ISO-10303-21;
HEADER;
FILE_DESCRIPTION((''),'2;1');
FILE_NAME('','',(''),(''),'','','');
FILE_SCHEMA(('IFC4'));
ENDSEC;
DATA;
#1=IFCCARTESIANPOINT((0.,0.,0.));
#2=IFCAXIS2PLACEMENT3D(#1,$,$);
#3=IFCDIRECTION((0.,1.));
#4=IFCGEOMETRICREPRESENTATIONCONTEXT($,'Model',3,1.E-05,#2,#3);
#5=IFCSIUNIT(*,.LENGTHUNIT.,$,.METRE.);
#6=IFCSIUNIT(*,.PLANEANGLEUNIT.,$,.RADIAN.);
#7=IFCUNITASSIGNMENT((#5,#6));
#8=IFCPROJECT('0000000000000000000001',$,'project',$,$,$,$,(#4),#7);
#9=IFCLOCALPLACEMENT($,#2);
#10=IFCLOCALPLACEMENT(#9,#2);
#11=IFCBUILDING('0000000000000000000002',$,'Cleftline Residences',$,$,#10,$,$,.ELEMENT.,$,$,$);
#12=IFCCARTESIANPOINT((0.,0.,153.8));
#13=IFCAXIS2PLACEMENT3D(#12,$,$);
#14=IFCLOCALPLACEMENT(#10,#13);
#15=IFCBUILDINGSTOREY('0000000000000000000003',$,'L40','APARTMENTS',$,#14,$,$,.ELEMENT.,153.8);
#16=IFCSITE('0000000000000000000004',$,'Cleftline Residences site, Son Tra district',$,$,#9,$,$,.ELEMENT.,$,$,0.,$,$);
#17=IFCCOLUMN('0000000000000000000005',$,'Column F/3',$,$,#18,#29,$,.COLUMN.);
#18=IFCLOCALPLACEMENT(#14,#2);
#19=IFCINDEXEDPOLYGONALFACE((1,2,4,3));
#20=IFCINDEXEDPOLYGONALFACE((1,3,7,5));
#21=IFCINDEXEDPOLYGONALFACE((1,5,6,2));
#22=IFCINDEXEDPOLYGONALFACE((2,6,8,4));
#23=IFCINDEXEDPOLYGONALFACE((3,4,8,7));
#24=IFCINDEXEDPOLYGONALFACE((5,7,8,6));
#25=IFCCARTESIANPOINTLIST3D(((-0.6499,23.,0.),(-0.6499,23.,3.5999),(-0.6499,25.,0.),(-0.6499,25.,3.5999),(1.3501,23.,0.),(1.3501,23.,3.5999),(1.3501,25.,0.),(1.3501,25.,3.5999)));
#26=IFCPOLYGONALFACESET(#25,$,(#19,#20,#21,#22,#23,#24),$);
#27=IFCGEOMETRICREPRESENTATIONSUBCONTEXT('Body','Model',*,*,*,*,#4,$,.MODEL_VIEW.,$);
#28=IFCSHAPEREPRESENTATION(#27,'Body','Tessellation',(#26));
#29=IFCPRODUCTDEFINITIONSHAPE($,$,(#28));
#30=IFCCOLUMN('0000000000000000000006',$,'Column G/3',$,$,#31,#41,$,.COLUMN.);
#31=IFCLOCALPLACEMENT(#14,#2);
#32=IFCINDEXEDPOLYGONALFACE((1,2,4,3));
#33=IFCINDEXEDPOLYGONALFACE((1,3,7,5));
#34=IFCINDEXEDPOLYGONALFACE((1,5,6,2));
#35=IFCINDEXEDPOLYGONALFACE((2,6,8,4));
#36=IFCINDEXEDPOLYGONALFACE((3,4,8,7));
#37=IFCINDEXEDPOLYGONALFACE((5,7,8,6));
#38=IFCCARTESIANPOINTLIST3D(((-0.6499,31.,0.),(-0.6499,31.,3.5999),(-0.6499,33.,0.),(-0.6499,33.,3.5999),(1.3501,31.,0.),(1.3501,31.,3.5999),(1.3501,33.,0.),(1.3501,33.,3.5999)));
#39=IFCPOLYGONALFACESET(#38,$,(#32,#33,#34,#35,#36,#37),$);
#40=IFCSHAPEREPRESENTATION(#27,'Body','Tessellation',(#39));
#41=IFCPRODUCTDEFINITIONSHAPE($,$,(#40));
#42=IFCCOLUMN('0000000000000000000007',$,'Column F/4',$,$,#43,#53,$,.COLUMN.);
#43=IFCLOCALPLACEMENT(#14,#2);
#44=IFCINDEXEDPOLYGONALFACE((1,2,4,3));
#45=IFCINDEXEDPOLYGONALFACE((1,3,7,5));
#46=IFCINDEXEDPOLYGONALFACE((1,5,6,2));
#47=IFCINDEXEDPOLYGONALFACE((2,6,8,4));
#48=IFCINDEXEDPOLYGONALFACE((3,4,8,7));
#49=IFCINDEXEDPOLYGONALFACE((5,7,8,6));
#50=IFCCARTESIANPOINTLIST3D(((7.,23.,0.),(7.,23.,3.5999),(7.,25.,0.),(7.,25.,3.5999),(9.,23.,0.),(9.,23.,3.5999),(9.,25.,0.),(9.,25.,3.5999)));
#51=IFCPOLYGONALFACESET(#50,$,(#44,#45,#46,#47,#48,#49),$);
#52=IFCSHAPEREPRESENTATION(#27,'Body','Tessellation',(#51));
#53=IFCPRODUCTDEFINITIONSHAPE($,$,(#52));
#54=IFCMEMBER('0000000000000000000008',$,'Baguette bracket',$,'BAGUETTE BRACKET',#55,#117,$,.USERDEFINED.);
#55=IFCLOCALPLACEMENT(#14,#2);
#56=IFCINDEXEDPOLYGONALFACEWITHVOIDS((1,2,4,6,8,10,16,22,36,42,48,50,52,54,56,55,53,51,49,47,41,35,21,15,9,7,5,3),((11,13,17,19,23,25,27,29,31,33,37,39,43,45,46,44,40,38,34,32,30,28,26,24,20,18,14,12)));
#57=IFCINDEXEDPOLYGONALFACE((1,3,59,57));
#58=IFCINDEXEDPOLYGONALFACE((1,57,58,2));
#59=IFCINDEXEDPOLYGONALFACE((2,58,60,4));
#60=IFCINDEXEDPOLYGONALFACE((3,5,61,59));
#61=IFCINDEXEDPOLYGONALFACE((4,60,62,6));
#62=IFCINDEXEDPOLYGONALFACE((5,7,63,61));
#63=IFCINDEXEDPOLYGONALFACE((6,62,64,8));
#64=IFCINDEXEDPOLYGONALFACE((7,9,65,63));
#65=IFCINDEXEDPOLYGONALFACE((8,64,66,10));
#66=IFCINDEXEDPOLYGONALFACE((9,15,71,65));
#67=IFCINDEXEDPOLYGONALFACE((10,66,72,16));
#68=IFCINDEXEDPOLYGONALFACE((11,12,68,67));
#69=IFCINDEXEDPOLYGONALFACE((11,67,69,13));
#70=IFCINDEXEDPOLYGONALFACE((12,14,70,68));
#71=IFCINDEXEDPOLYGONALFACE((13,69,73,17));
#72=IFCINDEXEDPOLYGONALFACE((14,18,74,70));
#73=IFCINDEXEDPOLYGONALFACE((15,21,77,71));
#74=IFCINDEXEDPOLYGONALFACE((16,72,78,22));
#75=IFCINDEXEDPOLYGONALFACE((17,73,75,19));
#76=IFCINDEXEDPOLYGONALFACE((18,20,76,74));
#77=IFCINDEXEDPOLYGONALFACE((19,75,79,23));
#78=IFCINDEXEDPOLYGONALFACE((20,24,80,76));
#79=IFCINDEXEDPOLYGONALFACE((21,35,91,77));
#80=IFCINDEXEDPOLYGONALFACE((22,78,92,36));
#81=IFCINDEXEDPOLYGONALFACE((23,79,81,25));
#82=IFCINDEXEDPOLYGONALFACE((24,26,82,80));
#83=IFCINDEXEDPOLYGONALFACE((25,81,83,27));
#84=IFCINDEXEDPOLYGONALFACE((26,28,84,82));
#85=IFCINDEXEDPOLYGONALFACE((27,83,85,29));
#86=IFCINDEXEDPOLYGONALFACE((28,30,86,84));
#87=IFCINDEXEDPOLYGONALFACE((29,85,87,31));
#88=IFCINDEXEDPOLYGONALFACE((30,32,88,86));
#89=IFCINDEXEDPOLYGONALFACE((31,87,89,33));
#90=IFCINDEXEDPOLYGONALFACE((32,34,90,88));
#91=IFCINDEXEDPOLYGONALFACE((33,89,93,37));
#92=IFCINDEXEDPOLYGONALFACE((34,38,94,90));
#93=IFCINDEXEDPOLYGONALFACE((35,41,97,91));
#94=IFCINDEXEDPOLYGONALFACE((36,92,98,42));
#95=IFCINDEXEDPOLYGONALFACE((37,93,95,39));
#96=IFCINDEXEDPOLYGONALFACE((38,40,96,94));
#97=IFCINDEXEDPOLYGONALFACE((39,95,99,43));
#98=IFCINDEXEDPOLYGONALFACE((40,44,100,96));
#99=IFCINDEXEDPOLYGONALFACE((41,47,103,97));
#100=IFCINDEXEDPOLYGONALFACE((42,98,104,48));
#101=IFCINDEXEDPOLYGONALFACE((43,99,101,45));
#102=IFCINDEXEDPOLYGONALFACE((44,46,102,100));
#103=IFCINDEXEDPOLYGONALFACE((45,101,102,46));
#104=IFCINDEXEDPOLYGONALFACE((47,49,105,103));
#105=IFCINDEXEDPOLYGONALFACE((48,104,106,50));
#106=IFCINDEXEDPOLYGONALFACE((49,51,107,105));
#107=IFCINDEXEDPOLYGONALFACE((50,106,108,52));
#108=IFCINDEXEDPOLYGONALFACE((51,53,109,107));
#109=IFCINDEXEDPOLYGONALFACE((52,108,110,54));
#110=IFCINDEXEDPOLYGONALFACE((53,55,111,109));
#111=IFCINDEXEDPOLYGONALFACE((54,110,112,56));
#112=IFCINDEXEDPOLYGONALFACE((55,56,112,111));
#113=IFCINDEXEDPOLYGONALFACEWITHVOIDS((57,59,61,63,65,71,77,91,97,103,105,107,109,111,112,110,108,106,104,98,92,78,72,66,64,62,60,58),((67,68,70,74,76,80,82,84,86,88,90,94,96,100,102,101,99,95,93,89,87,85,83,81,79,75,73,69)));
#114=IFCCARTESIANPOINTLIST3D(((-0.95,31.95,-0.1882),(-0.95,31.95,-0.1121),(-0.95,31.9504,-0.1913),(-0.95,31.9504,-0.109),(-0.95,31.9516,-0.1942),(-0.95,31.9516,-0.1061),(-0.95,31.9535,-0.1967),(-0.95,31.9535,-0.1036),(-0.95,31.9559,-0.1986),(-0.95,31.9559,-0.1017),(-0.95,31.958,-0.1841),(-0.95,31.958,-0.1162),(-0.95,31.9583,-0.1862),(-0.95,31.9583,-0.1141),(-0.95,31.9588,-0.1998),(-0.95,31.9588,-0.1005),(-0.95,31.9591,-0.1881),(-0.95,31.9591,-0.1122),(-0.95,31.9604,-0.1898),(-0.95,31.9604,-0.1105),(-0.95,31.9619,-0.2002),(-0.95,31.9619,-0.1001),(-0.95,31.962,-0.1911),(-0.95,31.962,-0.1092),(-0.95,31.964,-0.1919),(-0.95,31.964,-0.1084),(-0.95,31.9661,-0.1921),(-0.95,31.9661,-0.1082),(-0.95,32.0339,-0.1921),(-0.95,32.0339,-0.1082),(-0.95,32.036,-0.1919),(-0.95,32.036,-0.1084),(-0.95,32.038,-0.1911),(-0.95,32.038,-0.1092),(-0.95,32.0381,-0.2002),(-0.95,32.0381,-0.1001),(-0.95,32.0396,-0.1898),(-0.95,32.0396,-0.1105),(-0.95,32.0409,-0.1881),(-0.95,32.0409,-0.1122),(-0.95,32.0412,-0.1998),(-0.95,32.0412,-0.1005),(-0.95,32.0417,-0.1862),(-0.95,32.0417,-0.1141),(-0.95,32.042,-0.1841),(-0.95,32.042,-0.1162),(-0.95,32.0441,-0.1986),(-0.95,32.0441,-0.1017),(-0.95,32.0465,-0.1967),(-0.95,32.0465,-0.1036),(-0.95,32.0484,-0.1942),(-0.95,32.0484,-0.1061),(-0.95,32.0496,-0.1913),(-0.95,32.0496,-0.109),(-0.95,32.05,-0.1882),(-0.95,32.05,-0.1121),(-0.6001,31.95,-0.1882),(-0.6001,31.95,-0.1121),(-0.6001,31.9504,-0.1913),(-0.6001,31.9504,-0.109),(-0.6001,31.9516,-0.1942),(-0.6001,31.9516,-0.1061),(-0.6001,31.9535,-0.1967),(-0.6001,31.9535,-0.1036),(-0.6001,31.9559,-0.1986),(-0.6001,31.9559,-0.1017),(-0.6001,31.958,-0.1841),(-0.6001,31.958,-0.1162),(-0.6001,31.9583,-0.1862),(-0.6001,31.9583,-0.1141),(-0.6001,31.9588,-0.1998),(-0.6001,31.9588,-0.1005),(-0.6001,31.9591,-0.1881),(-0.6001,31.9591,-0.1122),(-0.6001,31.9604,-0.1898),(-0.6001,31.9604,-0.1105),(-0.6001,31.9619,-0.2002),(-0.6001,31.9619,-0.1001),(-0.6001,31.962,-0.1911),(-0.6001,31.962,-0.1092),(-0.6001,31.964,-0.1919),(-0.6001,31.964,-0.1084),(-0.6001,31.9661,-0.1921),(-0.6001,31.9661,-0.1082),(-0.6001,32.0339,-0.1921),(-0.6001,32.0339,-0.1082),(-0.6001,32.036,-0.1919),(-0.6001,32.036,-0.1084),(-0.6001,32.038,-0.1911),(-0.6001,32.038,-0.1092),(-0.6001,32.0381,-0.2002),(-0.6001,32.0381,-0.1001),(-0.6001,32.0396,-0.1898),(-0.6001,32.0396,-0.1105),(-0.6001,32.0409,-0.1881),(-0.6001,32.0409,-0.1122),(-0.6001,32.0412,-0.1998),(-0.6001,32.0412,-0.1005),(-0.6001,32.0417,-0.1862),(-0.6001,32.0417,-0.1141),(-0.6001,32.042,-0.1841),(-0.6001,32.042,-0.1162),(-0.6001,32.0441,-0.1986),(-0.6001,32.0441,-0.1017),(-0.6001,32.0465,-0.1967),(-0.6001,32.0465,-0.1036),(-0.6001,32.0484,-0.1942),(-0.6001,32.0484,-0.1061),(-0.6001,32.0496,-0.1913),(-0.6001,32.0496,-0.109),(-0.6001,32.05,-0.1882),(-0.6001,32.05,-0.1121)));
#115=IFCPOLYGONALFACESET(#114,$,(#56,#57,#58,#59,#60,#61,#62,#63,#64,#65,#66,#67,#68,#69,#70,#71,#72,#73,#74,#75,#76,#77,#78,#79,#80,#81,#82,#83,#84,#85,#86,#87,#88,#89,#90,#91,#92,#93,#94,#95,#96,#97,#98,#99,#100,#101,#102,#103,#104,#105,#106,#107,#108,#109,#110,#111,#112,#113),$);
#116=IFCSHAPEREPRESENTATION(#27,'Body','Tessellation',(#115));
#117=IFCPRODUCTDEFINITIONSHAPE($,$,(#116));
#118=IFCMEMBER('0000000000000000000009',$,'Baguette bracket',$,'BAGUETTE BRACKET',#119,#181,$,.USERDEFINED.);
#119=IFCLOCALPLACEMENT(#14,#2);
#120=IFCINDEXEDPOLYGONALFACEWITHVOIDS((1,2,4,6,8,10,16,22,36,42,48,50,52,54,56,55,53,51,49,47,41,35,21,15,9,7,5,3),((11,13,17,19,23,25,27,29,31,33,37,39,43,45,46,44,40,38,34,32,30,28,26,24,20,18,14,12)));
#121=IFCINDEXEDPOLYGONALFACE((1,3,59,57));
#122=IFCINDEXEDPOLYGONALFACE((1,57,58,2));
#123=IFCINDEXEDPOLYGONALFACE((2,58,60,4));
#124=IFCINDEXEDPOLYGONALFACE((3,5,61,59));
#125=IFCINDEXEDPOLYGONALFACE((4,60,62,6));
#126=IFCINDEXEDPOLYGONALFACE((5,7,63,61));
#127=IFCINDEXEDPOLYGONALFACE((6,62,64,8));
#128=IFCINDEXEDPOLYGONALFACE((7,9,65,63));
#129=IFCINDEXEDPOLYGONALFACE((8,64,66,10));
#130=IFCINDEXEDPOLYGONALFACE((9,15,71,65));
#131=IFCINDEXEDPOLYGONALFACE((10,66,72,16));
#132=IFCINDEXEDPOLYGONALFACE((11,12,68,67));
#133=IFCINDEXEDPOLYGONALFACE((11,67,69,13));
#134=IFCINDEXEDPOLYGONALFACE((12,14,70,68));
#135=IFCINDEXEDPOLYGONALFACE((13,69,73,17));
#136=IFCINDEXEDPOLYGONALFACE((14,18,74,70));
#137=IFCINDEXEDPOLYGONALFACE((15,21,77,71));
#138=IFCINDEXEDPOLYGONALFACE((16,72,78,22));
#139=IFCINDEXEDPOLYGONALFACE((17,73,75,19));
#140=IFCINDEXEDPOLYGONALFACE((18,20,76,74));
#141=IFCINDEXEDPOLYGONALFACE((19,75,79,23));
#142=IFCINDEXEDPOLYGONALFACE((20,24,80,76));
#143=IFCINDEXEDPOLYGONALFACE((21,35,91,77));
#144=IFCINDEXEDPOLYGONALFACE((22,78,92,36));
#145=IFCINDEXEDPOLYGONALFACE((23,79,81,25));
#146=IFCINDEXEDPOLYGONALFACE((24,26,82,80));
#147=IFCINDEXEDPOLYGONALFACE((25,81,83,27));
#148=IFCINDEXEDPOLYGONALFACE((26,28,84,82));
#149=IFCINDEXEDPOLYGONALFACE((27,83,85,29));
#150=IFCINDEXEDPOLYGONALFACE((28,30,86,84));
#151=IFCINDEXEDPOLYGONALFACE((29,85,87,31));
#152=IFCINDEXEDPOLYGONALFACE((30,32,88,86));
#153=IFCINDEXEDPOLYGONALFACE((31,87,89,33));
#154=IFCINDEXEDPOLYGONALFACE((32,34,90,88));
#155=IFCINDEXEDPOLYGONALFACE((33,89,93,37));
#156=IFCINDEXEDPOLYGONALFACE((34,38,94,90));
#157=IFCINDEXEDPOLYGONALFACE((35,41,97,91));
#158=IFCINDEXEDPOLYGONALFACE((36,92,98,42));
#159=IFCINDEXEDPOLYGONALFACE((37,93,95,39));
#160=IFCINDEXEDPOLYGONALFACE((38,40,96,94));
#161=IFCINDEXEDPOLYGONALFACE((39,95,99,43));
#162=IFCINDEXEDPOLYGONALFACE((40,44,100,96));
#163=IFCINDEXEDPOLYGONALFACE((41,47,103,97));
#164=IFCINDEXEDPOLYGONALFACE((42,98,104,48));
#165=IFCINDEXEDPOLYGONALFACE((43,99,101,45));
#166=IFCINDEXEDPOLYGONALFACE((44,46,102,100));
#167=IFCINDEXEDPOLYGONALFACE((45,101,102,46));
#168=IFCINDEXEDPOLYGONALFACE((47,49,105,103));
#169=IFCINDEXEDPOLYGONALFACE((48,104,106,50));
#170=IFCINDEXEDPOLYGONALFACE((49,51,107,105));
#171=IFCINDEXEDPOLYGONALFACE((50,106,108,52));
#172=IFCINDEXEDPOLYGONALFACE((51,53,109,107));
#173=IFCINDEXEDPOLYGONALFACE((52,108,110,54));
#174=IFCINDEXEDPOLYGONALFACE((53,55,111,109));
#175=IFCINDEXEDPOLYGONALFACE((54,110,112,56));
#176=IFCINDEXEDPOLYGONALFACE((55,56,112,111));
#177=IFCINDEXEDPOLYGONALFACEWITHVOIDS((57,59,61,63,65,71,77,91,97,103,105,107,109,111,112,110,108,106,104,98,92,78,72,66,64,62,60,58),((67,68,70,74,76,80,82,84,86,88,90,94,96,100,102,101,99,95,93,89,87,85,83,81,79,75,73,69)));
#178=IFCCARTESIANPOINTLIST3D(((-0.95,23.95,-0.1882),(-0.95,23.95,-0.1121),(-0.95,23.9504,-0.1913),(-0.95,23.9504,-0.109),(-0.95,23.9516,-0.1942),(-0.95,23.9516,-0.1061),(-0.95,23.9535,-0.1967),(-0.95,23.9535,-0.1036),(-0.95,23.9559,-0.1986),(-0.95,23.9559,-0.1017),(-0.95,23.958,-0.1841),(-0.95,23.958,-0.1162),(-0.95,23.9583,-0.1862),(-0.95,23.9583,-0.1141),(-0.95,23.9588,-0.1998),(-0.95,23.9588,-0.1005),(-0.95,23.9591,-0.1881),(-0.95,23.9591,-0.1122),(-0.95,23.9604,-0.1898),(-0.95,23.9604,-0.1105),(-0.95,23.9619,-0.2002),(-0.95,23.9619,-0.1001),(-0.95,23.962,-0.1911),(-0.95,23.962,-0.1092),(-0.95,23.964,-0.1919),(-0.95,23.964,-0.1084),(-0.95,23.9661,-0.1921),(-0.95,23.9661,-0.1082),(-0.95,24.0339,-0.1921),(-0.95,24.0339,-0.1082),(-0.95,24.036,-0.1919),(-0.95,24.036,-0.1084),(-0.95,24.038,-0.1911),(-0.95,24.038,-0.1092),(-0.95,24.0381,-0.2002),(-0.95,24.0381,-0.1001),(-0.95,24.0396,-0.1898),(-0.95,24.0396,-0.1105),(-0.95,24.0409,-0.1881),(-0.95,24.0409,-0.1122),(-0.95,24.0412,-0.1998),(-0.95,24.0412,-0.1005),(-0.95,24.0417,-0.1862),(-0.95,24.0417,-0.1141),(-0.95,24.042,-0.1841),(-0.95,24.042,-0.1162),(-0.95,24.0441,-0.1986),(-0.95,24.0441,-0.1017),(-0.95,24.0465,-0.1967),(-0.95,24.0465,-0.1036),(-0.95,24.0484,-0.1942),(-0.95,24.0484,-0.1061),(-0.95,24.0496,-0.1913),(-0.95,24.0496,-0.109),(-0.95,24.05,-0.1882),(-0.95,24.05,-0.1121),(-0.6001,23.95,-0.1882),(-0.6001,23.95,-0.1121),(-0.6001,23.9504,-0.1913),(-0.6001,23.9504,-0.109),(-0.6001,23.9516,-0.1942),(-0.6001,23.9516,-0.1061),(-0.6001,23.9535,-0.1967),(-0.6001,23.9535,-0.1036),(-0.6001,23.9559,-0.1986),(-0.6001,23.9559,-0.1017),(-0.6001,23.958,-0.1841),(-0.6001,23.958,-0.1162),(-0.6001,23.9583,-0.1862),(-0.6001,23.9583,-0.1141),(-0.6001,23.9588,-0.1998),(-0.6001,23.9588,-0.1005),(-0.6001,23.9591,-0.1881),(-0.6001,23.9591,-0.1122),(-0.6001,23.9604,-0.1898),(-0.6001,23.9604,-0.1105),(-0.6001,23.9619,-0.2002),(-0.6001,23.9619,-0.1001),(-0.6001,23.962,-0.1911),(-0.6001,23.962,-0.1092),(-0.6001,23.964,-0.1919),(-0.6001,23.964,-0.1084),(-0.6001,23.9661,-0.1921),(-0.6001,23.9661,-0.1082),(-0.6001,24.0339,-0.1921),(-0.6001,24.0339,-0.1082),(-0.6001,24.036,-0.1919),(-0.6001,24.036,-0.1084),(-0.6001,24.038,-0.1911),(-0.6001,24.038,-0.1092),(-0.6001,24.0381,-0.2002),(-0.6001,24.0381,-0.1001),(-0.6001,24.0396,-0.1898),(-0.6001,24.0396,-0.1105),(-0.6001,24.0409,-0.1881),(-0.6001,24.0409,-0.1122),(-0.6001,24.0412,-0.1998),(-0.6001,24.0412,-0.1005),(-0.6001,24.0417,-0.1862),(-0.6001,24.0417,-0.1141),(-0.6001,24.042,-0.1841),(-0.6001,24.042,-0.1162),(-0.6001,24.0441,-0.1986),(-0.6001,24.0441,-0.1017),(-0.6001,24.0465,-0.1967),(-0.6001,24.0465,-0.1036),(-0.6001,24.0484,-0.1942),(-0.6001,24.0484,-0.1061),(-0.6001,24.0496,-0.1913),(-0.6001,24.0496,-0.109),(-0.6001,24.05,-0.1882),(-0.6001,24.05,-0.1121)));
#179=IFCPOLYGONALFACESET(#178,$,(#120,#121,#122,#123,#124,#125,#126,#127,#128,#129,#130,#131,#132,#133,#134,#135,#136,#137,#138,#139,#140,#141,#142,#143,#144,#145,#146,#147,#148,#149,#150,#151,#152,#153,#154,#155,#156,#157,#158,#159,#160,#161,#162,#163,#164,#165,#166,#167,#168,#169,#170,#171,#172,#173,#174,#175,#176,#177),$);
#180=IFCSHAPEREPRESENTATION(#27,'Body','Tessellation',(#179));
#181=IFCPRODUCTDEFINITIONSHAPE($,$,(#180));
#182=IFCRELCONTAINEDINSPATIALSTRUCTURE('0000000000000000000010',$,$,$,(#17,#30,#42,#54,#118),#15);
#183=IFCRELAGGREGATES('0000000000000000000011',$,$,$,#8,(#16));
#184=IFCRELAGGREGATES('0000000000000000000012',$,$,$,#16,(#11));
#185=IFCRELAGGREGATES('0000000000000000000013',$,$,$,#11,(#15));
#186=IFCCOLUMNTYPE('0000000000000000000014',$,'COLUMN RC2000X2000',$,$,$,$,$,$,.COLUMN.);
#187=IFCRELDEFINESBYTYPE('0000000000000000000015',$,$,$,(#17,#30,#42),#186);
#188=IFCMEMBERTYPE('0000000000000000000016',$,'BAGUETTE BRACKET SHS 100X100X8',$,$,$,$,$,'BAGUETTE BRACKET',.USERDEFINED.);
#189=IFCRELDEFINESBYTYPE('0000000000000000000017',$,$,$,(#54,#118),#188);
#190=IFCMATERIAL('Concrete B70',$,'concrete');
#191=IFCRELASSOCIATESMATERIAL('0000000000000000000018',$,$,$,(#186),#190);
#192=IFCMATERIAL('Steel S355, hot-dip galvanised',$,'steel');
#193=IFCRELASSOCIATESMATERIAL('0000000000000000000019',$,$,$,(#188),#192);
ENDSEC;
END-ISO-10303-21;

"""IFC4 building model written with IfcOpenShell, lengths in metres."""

from ifc_helpers import new_model, si_unit, direction, frame, origin, origin_2d, place, context, subcontext, project, spatial, rectangle, hollow_rectangle, extrude, material, material_profile, profile_set, type_object, element, save


model = new_model("IFC4")

# Units and contexts
model_context = context("Model", 3, precision=1e-05, world=origin(), true_north=direction((0.0, 1.0)))
body_context = subcontext(model_context, "Body", "Model", "MODEL_VIEW")
ifc_project = project(units=[si_unit("LENGTHUNIT", "METRE"), si_unit("PLANEANGLEUNIT", "RADIAN")], contexts=[model_context])

# Site, building, storey
site_placement = place(None, origin())
site = spatial("IfcSite", under=ifc_project, at=site_placement, Name="Cleftline Residences site, Son Tra district", CompositionType="ELEMENT", RefElevation=0.0)
building_placement = place(site_placement, origin())
building = spatial("IfcBuilding", under=site, at=building_placement, Name="Cleftline Residences", CompositionType="ELEMENT")
storey_placement = place(building_placement, frame((0.0, 0.0, 153.8)))
storey = spatial("IfcBuildingStorey", under=building, at=storey_placement, Name="L40", Description="APARTMENTS", CompositionType="ELEMENT", Elevation=153.8)

# Columns
ifc_material_1 = material(Name="Concrete B70", Category="concrete")
ifc_material_profile_1 = material_profile(ifc_material_1, rectangle(XDim=2.0, YDim=2.0, at=origin_2d()))
ifc_profile_set_1 = profile_set([ifc_material_profile_1], Name="Concrete B70")
column_type = type_object("IfcColumnType", Name="COLUMN RC2000X2000", PredefinedType="COLUMN", material=ifc_profile_set_1)
for number, where, z_axis, x_axis, name in (
    (1, (0.3501, 24.0, 0.0), (0.0, 0.0, 1.0), (1.0, 0.0, 0.0), "Column F/3"),
    (2, (0.3501, 32.0, 0.0), (0.0, 0.0, 1.0), (1.0, 0.0, 0.0), "Column G/3"),
    (3, (8.0, 24.0, 0.0), (0.0, 0.0, 1.0), (1.0, 0.0, 0.0), "Column F/4"),
):
    element("IfcColumn", number, at=place(storey_placement, frame(where, z_axis=z_axis, x_axis=x_axis)), inside=storey, type_object=column_type, Name=name, PredefinedType="COLUMN", context=body_context, shape_type="SweptSolid", body=[
        extrude(rectangle(XDim=2.0, YDim=2.0, at=origin_2d()), origin(), (0.0, 0.0, 1.0), 3.5999),
    ])

# Members
ifc_material_2 = material(Name="Steel S355, hot-dip galvanised", Category="steel")
ifc_material_profile_2 = material_profile(ifc_material_2, hollow_rectangle(XDim=0.1001, YDim=0.1001, WallThickness=0.0081, InnerFilletRadius=0.0081, OuterFilletRadius=0.012, at=origin_2d()))
ifc_profile_set_2 = profile_set([ifc_material_profile_2], Name="Steel S355, hot-dip galvanised")
member_type_1 = type_object("IfcMemberType", Name="BAGUETTE BRACKET SHS 100X100X8", ElementType="BAGUETTE BRACKET", PredefinedType="USERDEFINED", material=ifc_profile_set_2)
for number, where, z_axis, x_axis, name in (
    (4, (-0.6001, 32.0, -0.1501), (-1.0, 0.0, 0.0), (0.0, -1.0, 0.0), "Baguette bracket"),
    (5, (-0.6001, 24.0, -0.1501), (-1.0, 0.0, 0.0), (0.0, -1.0, 0.0), "Baguette bracket"),
):
    element("IfcMember", number, at=place(storey_placement, frame(where, z_axis=z_axis, x_axis=x_axis)), inside=storey, type_object=member_type_1, Name=name, ObjectType="BAGUETTE BRACKET", PredefinedType="USERDEFINED", context=body_context, shape_type="SweptSolid", body=[
        extrude(hollow_rectangle(XDim=0.1001, YDim=0.1001, WallThickness=0.0081, InnerFilletRadius=0.0081, OuterFilletRadius=0.012, at=origin_2d()), origin(), (0.0, 0.0, 1.0), 0.3499),
    ])

save(model, "model.ifc")
